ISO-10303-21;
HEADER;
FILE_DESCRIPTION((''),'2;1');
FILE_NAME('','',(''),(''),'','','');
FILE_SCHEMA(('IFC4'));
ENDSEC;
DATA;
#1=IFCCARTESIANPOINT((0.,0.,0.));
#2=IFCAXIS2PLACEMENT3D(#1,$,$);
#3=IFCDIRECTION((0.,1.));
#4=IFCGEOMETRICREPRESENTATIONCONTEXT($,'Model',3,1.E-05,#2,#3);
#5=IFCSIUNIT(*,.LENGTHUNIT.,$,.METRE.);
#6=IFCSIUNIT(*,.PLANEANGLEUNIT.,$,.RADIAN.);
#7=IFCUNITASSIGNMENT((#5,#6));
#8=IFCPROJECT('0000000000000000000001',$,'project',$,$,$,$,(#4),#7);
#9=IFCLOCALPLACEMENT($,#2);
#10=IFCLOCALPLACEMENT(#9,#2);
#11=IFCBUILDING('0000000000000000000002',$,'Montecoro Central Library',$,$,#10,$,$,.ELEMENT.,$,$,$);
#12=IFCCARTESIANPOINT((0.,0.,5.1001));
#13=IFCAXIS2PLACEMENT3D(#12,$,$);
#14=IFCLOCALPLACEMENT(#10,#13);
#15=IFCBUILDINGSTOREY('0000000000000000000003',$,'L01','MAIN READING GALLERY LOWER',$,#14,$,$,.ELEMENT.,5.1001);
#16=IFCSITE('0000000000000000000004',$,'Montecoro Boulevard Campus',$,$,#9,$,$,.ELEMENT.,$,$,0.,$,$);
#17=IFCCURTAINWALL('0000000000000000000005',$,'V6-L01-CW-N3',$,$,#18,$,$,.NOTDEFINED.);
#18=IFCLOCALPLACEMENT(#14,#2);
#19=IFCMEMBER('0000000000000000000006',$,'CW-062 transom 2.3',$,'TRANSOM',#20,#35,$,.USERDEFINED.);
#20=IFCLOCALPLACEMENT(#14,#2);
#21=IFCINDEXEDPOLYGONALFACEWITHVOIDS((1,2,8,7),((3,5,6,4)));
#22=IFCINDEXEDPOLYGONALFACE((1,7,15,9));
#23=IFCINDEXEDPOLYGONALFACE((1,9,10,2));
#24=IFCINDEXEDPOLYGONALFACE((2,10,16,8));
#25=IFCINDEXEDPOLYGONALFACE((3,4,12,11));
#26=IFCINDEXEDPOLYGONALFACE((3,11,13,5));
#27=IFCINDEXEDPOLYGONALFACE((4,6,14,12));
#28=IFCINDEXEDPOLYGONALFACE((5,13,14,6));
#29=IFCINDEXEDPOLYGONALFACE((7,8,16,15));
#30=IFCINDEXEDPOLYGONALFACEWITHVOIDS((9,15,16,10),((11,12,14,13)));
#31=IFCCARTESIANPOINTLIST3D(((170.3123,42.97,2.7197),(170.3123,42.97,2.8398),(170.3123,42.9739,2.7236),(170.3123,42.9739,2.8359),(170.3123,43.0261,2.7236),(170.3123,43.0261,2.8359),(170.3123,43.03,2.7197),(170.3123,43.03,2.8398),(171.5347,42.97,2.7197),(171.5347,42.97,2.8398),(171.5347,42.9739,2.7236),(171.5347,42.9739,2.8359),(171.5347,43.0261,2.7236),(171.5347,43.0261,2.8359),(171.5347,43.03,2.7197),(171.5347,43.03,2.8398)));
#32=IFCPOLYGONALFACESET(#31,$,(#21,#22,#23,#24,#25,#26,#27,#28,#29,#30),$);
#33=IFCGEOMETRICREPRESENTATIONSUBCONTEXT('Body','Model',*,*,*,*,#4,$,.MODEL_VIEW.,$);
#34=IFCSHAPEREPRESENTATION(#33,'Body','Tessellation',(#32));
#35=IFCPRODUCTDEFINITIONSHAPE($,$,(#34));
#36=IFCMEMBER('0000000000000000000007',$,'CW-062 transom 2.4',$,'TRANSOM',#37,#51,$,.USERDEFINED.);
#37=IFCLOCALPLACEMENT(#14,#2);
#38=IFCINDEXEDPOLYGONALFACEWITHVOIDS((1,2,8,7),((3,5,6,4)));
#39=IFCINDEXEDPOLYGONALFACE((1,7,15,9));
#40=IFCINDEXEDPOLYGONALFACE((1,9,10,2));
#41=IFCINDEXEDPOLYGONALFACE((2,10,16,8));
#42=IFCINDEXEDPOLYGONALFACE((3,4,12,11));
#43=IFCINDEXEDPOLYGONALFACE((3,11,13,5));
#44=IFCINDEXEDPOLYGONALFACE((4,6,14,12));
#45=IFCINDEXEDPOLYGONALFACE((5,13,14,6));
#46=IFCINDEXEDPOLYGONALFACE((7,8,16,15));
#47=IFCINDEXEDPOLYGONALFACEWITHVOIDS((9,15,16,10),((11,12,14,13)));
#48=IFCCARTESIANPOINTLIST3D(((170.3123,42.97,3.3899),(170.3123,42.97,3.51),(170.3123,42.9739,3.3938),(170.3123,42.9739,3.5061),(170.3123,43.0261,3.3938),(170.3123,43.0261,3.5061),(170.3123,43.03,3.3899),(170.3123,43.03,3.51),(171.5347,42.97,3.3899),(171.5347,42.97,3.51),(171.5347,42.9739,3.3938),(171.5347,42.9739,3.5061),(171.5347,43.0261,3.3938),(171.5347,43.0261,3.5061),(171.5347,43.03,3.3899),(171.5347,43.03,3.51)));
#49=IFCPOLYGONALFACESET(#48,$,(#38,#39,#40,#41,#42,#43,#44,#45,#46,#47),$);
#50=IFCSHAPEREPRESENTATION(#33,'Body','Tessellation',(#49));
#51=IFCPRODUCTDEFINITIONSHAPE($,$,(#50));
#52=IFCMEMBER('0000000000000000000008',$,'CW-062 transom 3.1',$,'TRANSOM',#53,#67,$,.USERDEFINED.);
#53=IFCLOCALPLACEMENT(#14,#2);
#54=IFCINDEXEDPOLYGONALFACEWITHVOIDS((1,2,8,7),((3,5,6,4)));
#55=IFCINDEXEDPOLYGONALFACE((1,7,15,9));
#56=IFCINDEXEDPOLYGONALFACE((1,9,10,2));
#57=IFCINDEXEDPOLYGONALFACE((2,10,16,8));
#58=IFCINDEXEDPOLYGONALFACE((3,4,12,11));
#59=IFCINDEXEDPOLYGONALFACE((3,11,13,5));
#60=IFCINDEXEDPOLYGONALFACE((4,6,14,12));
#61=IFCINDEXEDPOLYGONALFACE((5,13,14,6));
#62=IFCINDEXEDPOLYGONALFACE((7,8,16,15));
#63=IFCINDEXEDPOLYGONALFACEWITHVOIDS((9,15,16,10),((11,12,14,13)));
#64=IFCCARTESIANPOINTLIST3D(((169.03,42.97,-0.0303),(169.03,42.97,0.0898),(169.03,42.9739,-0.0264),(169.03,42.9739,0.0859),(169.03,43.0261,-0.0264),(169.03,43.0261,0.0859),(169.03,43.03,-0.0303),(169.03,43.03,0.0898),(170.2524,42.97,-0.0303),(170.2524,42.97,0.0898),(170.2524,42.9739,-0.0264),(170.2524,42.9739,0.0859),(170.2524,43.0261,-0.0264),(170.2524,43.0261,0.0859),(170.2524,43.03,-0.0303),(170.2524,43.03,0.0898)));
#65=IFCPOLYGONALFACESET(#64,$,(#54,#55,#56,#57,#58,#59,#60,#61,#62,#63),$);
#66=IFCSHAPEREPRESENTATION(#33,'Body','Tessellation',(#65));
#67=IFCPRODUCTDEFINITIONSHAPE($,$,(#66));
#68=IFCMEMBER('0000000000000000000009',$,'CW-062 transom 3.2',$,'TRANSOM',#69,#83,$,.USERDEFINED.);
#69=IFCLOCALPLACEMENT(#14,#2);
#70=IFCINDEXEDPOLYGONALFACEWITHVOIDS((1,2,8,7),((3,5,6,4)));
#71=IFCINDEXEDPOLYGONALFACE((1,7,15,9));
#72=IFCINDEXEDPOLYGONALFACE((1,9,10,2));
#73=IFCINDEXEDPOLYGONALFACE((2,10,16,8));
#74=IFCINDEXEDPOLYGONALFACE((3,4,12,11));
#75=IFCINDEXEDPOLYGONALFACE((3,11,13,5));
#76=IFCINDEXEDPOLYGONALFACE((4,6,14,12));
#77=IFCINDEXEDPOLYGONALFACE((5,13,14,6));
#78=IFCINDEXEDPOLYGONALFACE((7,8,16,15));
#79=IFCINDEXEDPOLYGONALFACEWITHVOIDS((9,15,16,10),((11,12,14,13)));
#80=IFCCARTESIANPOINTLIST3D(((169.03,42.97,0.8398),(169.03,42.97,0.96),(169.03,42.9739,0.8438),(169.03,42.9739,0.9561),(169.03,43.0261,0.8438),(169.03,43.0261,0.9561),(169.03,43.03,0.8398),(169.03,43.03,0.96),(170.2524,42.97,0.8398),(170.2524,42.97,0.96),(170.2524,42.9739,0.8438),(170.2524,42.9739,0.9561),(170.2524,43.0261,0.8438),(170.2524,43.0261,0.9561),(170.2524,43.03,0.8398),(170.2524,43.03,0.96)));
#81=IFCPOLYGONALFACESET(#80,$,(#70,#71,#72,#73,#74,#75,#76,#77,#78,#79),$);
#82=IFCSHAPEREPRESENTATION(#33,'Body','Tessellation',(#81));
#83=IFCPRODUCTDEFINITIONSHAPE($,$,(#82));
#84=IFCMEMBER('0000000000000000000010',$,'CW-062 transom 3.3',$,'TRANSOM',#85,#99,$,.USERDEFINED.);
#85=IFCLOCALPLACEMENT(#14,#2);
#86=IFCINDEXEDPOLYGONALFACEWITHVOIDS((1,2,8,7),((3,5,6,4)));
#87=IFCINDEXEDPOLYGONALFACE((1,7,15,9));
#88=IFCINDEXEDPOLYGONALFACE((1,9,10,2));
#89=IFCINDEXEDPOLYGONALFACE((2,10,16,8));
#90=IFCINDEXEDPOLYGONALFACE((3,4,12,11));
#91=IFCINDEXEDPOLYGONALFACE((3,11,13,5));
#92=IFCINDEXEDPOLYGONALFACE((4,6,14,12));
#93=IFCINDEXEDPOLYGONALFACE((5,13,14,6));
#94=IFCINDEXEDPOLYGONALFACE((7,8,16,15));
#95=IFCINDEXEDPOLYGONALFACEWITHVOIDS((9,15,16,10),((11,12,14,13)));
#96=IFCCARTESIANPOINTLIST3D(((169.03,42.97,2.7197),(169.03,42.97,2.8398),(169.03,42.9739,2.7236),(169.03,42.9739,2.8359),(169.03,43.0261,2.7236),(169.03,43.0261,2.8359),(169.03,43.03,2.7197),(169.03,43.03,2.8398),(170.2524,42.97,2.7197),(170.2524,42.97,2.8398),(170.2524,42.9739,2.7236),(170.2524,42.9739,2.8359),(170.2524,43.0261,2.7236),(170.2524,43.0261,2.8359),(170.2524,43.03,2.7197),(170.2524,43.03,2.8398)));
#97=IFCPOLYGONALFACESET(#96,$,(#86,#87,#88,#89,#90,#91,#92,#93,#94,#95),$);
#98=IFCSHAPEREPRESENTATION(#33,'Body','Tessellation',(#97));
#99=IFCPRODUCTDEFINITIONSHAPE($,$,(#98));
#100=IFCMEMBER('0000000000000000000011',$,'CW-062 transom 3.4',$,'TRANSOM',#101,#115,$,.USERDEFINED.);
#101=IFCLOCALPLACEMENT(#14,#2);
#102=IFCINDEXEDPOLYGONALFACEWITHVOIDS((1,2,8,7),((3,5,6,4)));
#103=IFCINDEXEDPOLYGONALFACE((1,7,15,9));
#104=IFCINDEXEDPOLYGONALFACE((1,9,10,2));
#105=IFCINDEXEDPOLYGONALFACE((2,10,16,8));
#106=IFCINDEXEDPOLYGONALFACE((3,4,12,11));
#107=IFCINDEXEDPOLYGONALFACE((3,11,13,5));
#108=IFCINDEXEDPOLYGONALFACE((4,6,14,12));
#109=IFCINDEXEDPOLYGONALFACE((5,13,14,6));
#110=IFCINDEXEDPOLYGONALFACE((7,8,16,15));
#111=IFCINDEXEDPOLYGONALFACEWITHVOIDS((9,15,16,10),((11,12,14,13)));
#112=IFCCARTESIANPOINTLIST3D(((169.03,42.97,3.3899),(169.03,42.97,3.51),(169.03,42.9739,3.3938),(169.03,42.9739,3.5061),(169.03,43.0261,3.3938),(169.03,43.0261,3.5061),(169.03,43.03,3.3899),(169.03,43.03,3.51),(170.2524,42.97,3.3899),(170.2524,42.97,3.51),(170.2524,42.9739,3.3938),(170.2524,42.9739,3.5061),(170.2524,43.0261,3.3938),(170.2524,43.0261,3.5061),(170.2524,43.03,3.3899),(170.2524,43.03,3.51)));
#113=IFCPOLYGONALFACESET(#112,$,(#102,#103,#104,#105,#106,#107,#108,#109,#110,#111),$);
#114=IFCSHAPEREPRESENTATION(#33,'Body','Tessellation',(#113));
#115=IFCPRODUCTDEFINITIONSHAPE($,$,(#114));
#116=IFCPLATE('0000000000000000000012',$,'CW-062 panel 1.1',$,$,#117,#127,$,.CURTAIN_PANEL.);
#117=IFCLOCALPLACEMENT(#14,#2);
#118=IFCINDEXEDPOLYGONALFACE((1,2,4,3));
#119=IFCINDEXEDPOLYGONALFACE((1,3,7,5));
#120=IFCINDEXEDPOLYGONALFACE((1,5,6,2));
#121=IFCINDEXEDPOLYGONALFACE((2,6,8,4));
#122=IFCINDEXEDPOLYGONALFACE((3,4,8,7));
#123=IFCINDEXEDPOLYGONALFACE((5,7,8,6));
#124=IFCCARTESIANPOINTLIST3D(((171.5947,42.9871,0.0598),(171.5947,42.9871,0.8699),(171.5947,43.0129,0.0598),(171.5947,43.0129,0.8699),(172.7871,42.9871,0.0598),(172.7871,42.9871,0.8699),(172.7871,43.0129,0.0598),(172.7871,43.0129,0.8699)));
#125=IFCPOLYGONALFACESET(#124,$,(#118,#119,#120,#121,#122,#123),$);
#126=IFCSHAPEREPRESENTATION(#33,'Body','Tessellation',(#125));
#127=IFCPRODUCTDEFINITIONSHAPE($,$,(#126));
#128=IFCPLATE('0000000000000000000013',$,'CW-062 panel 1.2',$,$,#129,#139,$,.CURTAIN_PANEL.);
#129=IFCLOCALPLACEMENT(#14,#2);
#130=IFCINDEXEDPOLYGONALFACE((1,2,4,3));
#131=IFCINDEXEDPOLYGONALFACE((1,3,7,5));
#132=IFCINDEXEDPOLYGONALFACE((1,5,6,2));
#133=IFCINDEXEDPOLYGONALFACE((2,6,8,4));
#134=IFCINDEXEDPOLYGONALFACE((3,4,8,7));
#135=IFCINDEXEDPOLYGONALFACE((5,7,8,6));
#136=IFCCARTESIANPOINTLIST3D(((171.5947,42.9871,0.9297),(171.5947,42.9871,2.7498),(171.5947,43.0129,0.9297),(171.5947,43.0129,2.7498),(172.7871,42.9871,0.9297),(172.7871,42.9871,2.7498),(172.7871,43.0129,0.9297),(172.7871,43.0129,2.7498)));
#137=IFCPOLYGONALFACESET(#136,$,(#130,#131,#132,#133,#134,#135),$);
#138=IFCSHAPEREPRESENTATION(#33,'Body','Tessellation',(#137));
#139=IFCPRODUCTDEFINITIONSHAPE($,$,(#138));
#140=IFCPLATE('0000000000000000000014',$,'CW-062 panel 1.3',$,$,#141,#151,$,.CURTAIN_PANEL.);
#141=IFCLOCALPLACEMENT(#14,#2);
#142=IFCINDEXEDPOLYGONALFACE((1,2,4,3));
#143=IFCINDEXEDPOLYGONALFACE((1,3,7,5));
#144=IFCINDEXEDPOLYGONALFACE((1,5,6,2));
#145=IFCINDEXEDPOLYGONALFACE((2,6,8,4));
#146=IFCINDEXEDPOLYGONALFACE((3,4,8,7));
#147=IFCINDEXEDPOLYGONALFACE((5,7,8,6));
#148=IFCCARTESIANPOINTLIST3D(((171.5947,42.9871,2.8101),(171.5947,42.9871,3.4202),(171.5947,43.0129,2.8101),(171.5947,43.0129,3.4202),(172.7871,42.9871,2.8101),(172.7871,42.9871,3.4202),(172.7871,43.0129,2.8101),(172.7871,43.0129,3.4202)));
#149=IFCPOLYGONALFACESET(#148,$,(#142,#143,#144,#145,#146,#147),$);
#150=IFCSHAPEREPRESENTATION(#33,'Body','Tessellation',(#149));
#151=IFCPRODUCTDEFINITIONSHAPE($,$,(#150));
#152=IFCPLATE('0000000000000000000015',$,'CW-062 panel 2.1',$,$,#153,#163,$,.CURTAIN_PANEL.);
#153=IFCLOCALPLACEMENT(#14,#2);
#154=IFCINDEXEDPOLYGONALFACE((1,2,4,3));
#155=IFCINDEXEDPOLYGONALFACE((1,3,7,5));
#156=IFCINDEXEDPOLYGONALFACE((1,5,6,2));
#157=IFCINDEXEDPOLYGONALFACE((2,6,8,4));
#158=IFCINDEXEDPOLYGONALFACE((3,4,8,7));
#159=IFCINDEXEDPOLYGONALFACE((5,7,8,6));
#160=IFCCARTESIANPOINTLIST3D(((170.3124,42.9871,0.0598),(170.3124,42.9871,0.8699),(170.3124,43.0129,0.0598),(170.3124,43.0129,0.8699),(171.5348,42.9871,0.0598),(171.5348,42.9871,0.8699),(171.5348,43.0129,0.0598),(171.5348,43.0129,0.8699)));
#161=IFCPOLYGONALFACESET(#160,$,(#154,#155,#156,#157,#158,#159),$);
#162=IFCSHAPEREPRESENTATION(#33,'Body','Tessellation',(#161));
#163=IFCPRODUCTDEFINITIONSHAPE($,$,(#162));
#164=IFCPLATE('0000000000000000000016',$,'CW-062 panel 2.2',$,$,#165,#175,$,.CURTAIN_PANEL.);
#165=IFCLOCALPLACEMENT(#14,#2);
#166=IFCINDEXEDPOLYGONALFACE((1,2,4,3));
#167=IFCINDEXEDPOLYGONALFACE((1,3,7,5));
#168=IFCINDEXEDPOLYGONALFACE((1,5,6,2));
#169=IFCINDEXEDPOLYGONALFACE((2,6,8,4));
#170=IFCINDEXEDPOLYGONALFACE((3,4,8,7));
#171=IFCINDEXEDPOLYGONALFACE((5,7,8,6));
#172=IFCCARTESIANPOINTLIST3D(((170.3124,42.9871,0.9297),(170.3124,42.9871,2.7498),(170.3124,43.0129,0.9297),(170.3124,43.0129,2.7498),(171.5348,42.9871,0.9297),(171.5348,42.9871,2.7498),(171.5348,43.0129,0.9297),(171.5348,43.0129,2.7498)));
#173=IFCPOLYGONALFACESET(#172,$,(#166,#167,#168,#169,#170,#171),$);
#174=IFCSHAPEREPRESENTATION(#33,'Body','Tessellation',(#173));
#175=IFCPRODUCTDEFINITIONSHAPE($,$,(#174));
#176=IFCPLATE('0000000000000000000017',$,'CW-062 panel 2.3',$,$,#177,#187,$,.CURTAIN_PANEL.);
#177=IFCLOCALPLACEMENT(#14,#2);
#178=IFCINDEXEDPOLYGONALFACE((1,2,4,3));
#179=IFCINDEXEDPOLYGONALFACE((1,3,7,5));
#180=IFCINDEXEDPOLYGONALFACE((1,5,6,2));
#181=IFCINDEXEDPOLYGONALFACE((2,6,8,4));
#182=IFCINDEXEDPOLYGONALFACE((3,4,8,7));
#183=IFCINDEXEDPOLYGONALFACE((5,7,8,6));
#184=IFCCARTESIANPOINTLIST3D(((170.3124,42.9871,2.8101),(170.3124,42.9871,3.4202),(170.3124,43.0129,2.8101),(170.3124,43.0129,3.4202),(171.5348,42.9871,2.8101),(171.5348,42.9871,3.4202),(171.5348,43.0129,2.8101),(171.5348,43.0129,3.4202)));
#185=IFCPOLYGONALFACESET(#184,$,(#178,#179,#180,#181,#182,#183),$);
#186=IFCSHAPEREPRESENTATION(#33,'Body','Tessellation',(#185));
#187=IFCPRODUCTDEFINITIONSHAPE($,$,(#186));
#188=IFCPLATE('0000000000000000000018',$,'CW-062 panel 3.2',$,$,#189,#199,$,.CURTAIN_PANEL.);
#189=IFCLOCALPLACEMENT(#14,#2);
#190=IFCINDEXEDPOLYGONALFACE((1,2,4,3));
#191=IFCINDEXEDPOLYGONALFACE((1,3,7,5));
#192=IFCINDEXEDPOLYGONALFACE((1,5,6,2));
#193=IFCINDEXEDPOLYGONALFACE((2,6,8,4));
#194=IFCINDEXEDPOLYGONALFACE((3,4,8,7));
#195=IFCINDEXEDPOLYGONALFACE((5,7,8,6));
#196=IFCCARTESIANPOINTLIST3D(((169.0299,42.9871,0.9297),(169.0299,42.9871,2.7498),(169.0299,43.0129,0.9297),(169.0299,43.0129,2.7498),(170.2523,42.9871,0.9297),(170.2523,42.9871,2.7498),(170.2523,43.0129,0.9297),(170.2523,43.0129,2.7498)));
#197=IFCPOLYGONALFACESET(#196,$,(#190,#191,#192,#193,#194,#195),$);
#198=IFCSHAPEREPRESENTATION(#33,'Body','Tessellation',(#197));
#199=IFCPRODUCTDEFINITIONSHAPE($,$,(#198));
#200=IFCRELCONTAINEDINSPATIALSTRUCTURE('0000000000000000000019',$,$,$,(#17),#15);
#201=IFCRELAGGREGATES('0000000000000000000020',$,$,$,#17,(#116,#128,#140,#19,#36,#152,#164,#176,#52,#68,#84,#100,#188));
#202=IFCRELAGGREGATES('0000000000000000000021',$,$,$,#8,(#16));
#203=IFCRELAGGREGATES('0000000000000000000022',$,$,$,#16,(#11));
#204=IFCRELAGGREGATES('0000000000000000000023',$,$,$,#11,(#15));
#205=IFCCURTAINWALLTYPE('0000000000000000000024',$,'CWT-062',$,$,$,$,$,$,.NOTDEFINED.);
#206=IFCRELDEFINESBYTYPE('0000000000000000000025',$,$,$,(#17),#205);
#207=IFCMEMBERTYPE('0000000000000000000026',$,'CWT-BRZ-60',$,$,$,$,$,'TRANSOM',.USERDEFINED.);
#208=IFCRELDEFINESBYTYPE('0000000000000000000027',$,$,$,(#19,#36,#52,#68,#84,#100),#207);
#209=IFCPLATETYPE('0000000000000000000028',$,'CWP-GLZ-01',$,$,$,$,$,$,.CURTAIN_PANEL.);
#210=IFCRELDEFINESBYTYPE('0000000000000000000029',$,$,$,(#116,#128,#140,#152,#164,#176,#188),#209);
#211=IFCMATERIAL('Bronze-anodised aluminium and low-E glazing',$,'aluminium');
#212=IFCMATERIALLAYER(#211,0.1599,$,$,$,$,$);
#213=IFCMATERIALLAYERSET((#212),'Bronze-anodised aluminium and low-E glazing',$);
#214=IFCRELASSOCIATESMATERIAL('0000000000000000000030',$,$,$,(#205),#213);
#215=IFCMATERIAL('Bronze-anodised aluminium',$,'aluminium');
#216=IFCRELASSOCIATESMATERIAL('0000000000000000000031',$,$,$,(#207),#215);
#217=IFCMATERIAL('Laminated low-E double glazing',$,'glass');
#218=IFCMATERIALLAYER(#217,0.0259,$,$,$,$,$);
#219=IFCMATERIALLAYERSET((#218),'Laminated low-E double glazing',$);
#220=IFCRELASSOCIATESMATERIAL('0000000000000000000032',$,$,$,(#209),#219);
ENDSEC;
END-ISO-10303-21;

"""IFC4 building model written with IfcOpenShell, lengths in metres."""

from ifc_helpers import new_model, si_unit, direction, frame, origin, origin_2d, place, context, subcontext, project, spatial, rectangle, hollow_rectangle, extrude, material, layer, layer_set, material_profile, profile_set, type_object, element, aggregate, save


model = new_model("IFC4")

# Units and contexts
model_context = context("Model", 3, precision=1e-05, world=origin(), true_north=direction((0.0, 1.0)))
body_context = subcontext(model_context, "Body", "Model", "MODEL_VIEW")
ifc_project = project(units=[si_unit("LENGTHUNIT", "METRE"), si_unit("PLANEANGLEUNIT", "RADIAN")], contexts=[model_context])

# Site, building, storey
site_placement = place(None, origin())
site = spatial("IfcSite", under=ifc_project, at=site_placement, Name="Montecoro Boulevard Campus", CompositionType="ELEMENT", RefElevation=0.0)
building_placement = place(site_placement, origin())
building = spatial("IfcBuilding", under=site, at=building_placement, Name="Montecoro Central Library", CompositionType="ELEMENT")
storey_placement = place(building_placement, frame((0.0, 0.0, 5.1001)))
storey = spatial("IfcBuildingStorey", under=building, at=storey_placement, Name="L01", Description="MAIN READING GALLERY LOWER", CompositionType="ELEMENT", Elevation=5.1001)

# Curtain wall, members, plates
ifc_material_1 = material(Name="Bronze-anodised aluminium and low-E glazing", Category="aluminium")
ifc_layer_1 = layer(ifc_material_1, 0.1599)
ifc_layer_set_1 = layer_set([ifc_layer_1], Name="Bronze-anodised aluminium and low-E glazing")
curtain_wall_type = type_object("IfcCurtainWallType", Name="CWT-062", PredefinedType="NOTDEFINED", material=ifc_layer_set_1)
curtain_wall_placement = place(storey_placement, origin())
curtain_wall = element("IfcCurtainWall", 1, at=curtain_wall_placement, inside=storey, type_object=curtain_wall_type, Name="V6-L01-CW-N3", PredefinedType="NOTDEFINED")
ifc_material_2 = material(Name="Bronze-anodised aluminium", Category="aluminium")
ifc_material_profile_1 = material_profile(ifc_material_2, hollow_rectangle(XDim=0.0601, YDim=0.1201, WallThickness=0.0039, at=origin_2d()), Name="CWT 120x60x4.0")
ifc_profile_set_1 = profile_set([ifc_material_profile_1], Name="Bronze-anodised aluminium")
member_type_1 = type_object("IfcMemberType", Name="CWT-BRZ-60", ElementType="TRANSOM", PredefinedType="USERDEFINED", material=ifc_profile_set_1)
member_1_placement = place(storey_placement, frame((171.5347, 43.0, 2.7798), z_axis=(-1.0, 0.0, 0.0), x_axis=(0.0, -1.0, 0.0)))
member_1 = element("IfcMember", 2, at=member_1_placement, type_object=member_type_1, Name="CW-062 transom 2.3", ObjectType="TRANSOM", PredefinedType="USERDEFINED", context=body_context, shape_type="SweptSolid", body=[
    extrude(hollow_rectangle(XDim=0.0601, YDim=0.1201, WallThickness=0.0039, at=origin_2d()), origin(), (0.0, 0.0, 1.0), 1.2224),
])
member_2_placement = place(storey_placement, frame((171.5347, 43.0, 3.45), z_axis=(-1.0, 0.0, 0.0), x_axis=(0.0, -1.0, 0.0)))
member_2 = element("IfcMember", 3, at=member_2_placement, type_object=member_type_1, Name="CW-062 transom 2.4", ObjectType="TRANSOM", PredefinedType="USERDEFINED", context=body_context, shape_type="SweptSolid", body=[
    extrude(hollow_rectangle(XDim=0.0601, YDim=0.1201, WallThickness=0.0039, at=origin_2d()), origin(), (0.0, 0.0, 1.0), 1.2224),
])
member_3_placement = place(storey_placement, frame((170.2524, 43.0, 0.0298), z_axis=(-1.0, 0.0, 0.0), x_axis=(0.0, -1.0, 0.0)))
member_3 = element("IfcMember", 4, at=member_3_placement, type_object=member_type_1, Name="CW-062 transom 3.1", ObjectType="TRANSOM", PredefinedType="USERDEFINED", context=body_context, shape_type="SweptSolid", body=[
    extrude(hollow_rectangle(XDim=0.0601, YDim=0.1201, WallThickness=0.0039, at=origin_2d()), origin(), (0.0, 0.0, 1.0), 1.2224),
])
member_4_placement = place(storey_placement, frame((170.2524, 43.0, 0.8999), z_axis=(-1.0, 0.0, 0.0), x_axis=(0.0, -1.0, 0.0)))
member_4 = element("IfcMember", 5, at=member_4_placement, type_object=member_type_1, Name="CW-062 transom 3.2", ObjectType="TRANSOM", PredefinedType="USERDEFINED", context=body_context, shape_type="SweptSolid", body=[
    extrude(hollow_rectangle(XDim=0.0601, YDim=0.1201, WallThickness=0.0039, at=origin_2d()), origin(), (0.0, 0.0, 1.0), 1.2224),
])
member_5_placement = place(storey_placement, frame((170.2524, 43.0, 2.7798), z_axis=(-1.0, 0.0, 0.0), x_axis=(0.0, -1.0, 0.0)))
member_5 = element("IfcMember", 6, at=member_5_placement, type_object=member_type_1, Name="CW-062 transom 3.3", ObjectType="TRANSOM", PredefinedType="USERDEFINED", context=body_context, shape_type="SweptSolid", body=[
    extrude(hollow_rectangle(XDim=0.0601, YDim=0.1201, WallThickness=0.0039, at=origin_2d()), origin(), (0.0, 0.0, 1.0), 1.2224),
])
member_6_placement = place(storey_placement, frame((170.2524, 43.0, 3.45), z_axis=(-1.0, 0.0, 0.0), x_axis=(0.0, -1.0, 0.0)))
member_6 = element("IfcMember", 7, at=member_6_placement, type_object=member_type_1, Name="CW-062 transom 3.4", ObjectType="TRANSOM", PredefinedType="USERDEFINED", context=body_context, shape_type="SweptSolid", body=[
    extrude(hollow_rectangle(XDim=0.0601, YDim=0.1201, WallThickness=0.0039, at=origin_2d()), origin(), (0.0, 0.0, 1.0), 1.2224),
])
ifc_material_3 = material(Name="Laminated low-E double glazing", Category="glass")
ifc_layer_2 = layer(ifc_material_3, 0.0259)
ifc_layer_set_2 = layer_set([ifc_layer_2], Name="Laminated low-E double glazing")
plate_type = type_object("IfcPlateType", Name="CWP-GLZ-01", PredefinedType="CURTAIN_PANEL", material=ifc_layer_set_2)
plate_1_placement = place(storey_placement, frame((172.1909, 43.0, 0.0598), z_axis=(0.0, 0.0, 1.0), x_axis=(-1.0, 0.0, 0.0)))
plate_1 = element("IfcPlate", 8, at=plate_1_placement, type_object=plate_type, Name="CW-062 panel 1.1", PredefinedType="CURTAIN_PANEL", context=body_context, shape_type="SweptSolid", body=[
    extrude(rectangle(XDim=1.1924, YDim=0.0259, at=origin_2d()), origin(), (0.0, 0.0, 1.0), 0.8101),
])
plate_2_placement = place(storey_placement, frame((172.1909, 43.0, 0.9297), z_axis=(0.0, 0.0, 1.0), x_axis=(-1.0, 0.0, 0.0)))
plate_2 = element("IfcPlate", 9, at=plate_2_placement, type_object=plate_type, Name="CW-062 panel 1.2", PredefinedType="CURTAIN_PANEL", context=body_context, shape_type="SweptSolid", body=[
    extrude(rectangle(XDim=1.1924, YDim=0.0259, at=origin_2d()), origin(), (0.0, 0.0, 1.0), 1.8201),
])
plate_3_placement = place(storey_placement, frame((172.1909, 43.0, 2.8101), z_axis=(0.0, 0.0, 1.0), x_axis=(-1.0, 0.0, 0.0)))
plate_3 = element("IfcPlate", 10, at=plate_3_placement, type_object=plate_type, Name="CW-062 panel 1.3", PredefinedType="CURTAIN_PANEL", context=body_context, shape_type="SweptSolid", body=[
    extrude(rectangle(XDim=1.1924, YDim=0.0259, at=origin_2d()), origin(), (0.0, 0.0, 1.0), 0.6101),
])
plate_4_placement = place(storey_placement, frame((170.9236, 43.0, 0.0598), z_axis=(0.0, 0.0, 1.0), x_axis=(-1.0, 0.0, 0.0)))
plate_4 = element("IfcPlate", 11, at=plate_4_placement, type_object=plate_type, Name="CW-062 panel 2.1", PredefinedType="CURTAIN_PANEL", context=body_context, shape_type="SweptSolid", body=[
    extrude(rectangle(XDim=1.2224, YDim=0.0259, at=origin_2d()), origin(), (0.0, 0.0, 1.0), 0.8101),
])
plate_5_placement = place(storey_placement, frame((170.9236, 43.0, 0.9297), z_axis=(0.0, 0.0, 1.0), x_axis=(-1.0, 0.0, 0.0)))
plate_5 = element("IfcPlate", 12, at=plate_5_placement, type_object=plate_type, Name="CW-062 panel 2.2", PredefinedType="CURTAIN_PANEL", context=body_context, shape_type="SweptSolid", body=[
    extrude(rectangle(XDim=1.2224, YDim=0.0259, at=origin_2d()), origin(), (0.0, 0.0, 1.0), 1.8201),
])
plate_6_placement = place(storey_placement, frame((170.9236, 43.0, 2.8101), z_axis=(0.0, 0.0, 1.0), x_axis=(-1.0, 0.0, 0.0)))
plate_6 = element("IfcPlate", 13, at=plate_6_placement, type_object=plate_type, Name="CW-062 panel 2.3", PredefinedType="CURTAIN_PANEL", context=body_context, shape_type="SweptSolid", body=[
    extrude(rectangle(XDim=1.2224, YDim=0.0259, at=origin_2d()), origin(), (0.0, 0.0, 1.0), 0.6101),
])
plate_7_placement = place(storey_placement, frame((169.6411, 43.0, 0.9297), z_axis=(0.0, 0.0, 1.0), x_axis=(-1.0, 0.0, 0.0)))
plate_7 = element("IfcPlate", 14, at=plate_7_placement, type_object=plate_type, Name="CW-062 panel 3.2", PredefinedType="CURTAIN_PANEL", context=body_context, shape_type="SweptSolid", body=[
    extrude(rectangle(XDim=1.2224, YDim=0.0259, at=origin_2d()), origin(), (0.0, 0.0, 1.0), 1.8201),
])
aggregate(curtain_wall, [plate_1, plate_2, plate_3, member_1, member_2, plate_4, plate_5, plate_6, member_3, member_4, member_5, member_6, plate_7])

save(model, "model.ifc")
